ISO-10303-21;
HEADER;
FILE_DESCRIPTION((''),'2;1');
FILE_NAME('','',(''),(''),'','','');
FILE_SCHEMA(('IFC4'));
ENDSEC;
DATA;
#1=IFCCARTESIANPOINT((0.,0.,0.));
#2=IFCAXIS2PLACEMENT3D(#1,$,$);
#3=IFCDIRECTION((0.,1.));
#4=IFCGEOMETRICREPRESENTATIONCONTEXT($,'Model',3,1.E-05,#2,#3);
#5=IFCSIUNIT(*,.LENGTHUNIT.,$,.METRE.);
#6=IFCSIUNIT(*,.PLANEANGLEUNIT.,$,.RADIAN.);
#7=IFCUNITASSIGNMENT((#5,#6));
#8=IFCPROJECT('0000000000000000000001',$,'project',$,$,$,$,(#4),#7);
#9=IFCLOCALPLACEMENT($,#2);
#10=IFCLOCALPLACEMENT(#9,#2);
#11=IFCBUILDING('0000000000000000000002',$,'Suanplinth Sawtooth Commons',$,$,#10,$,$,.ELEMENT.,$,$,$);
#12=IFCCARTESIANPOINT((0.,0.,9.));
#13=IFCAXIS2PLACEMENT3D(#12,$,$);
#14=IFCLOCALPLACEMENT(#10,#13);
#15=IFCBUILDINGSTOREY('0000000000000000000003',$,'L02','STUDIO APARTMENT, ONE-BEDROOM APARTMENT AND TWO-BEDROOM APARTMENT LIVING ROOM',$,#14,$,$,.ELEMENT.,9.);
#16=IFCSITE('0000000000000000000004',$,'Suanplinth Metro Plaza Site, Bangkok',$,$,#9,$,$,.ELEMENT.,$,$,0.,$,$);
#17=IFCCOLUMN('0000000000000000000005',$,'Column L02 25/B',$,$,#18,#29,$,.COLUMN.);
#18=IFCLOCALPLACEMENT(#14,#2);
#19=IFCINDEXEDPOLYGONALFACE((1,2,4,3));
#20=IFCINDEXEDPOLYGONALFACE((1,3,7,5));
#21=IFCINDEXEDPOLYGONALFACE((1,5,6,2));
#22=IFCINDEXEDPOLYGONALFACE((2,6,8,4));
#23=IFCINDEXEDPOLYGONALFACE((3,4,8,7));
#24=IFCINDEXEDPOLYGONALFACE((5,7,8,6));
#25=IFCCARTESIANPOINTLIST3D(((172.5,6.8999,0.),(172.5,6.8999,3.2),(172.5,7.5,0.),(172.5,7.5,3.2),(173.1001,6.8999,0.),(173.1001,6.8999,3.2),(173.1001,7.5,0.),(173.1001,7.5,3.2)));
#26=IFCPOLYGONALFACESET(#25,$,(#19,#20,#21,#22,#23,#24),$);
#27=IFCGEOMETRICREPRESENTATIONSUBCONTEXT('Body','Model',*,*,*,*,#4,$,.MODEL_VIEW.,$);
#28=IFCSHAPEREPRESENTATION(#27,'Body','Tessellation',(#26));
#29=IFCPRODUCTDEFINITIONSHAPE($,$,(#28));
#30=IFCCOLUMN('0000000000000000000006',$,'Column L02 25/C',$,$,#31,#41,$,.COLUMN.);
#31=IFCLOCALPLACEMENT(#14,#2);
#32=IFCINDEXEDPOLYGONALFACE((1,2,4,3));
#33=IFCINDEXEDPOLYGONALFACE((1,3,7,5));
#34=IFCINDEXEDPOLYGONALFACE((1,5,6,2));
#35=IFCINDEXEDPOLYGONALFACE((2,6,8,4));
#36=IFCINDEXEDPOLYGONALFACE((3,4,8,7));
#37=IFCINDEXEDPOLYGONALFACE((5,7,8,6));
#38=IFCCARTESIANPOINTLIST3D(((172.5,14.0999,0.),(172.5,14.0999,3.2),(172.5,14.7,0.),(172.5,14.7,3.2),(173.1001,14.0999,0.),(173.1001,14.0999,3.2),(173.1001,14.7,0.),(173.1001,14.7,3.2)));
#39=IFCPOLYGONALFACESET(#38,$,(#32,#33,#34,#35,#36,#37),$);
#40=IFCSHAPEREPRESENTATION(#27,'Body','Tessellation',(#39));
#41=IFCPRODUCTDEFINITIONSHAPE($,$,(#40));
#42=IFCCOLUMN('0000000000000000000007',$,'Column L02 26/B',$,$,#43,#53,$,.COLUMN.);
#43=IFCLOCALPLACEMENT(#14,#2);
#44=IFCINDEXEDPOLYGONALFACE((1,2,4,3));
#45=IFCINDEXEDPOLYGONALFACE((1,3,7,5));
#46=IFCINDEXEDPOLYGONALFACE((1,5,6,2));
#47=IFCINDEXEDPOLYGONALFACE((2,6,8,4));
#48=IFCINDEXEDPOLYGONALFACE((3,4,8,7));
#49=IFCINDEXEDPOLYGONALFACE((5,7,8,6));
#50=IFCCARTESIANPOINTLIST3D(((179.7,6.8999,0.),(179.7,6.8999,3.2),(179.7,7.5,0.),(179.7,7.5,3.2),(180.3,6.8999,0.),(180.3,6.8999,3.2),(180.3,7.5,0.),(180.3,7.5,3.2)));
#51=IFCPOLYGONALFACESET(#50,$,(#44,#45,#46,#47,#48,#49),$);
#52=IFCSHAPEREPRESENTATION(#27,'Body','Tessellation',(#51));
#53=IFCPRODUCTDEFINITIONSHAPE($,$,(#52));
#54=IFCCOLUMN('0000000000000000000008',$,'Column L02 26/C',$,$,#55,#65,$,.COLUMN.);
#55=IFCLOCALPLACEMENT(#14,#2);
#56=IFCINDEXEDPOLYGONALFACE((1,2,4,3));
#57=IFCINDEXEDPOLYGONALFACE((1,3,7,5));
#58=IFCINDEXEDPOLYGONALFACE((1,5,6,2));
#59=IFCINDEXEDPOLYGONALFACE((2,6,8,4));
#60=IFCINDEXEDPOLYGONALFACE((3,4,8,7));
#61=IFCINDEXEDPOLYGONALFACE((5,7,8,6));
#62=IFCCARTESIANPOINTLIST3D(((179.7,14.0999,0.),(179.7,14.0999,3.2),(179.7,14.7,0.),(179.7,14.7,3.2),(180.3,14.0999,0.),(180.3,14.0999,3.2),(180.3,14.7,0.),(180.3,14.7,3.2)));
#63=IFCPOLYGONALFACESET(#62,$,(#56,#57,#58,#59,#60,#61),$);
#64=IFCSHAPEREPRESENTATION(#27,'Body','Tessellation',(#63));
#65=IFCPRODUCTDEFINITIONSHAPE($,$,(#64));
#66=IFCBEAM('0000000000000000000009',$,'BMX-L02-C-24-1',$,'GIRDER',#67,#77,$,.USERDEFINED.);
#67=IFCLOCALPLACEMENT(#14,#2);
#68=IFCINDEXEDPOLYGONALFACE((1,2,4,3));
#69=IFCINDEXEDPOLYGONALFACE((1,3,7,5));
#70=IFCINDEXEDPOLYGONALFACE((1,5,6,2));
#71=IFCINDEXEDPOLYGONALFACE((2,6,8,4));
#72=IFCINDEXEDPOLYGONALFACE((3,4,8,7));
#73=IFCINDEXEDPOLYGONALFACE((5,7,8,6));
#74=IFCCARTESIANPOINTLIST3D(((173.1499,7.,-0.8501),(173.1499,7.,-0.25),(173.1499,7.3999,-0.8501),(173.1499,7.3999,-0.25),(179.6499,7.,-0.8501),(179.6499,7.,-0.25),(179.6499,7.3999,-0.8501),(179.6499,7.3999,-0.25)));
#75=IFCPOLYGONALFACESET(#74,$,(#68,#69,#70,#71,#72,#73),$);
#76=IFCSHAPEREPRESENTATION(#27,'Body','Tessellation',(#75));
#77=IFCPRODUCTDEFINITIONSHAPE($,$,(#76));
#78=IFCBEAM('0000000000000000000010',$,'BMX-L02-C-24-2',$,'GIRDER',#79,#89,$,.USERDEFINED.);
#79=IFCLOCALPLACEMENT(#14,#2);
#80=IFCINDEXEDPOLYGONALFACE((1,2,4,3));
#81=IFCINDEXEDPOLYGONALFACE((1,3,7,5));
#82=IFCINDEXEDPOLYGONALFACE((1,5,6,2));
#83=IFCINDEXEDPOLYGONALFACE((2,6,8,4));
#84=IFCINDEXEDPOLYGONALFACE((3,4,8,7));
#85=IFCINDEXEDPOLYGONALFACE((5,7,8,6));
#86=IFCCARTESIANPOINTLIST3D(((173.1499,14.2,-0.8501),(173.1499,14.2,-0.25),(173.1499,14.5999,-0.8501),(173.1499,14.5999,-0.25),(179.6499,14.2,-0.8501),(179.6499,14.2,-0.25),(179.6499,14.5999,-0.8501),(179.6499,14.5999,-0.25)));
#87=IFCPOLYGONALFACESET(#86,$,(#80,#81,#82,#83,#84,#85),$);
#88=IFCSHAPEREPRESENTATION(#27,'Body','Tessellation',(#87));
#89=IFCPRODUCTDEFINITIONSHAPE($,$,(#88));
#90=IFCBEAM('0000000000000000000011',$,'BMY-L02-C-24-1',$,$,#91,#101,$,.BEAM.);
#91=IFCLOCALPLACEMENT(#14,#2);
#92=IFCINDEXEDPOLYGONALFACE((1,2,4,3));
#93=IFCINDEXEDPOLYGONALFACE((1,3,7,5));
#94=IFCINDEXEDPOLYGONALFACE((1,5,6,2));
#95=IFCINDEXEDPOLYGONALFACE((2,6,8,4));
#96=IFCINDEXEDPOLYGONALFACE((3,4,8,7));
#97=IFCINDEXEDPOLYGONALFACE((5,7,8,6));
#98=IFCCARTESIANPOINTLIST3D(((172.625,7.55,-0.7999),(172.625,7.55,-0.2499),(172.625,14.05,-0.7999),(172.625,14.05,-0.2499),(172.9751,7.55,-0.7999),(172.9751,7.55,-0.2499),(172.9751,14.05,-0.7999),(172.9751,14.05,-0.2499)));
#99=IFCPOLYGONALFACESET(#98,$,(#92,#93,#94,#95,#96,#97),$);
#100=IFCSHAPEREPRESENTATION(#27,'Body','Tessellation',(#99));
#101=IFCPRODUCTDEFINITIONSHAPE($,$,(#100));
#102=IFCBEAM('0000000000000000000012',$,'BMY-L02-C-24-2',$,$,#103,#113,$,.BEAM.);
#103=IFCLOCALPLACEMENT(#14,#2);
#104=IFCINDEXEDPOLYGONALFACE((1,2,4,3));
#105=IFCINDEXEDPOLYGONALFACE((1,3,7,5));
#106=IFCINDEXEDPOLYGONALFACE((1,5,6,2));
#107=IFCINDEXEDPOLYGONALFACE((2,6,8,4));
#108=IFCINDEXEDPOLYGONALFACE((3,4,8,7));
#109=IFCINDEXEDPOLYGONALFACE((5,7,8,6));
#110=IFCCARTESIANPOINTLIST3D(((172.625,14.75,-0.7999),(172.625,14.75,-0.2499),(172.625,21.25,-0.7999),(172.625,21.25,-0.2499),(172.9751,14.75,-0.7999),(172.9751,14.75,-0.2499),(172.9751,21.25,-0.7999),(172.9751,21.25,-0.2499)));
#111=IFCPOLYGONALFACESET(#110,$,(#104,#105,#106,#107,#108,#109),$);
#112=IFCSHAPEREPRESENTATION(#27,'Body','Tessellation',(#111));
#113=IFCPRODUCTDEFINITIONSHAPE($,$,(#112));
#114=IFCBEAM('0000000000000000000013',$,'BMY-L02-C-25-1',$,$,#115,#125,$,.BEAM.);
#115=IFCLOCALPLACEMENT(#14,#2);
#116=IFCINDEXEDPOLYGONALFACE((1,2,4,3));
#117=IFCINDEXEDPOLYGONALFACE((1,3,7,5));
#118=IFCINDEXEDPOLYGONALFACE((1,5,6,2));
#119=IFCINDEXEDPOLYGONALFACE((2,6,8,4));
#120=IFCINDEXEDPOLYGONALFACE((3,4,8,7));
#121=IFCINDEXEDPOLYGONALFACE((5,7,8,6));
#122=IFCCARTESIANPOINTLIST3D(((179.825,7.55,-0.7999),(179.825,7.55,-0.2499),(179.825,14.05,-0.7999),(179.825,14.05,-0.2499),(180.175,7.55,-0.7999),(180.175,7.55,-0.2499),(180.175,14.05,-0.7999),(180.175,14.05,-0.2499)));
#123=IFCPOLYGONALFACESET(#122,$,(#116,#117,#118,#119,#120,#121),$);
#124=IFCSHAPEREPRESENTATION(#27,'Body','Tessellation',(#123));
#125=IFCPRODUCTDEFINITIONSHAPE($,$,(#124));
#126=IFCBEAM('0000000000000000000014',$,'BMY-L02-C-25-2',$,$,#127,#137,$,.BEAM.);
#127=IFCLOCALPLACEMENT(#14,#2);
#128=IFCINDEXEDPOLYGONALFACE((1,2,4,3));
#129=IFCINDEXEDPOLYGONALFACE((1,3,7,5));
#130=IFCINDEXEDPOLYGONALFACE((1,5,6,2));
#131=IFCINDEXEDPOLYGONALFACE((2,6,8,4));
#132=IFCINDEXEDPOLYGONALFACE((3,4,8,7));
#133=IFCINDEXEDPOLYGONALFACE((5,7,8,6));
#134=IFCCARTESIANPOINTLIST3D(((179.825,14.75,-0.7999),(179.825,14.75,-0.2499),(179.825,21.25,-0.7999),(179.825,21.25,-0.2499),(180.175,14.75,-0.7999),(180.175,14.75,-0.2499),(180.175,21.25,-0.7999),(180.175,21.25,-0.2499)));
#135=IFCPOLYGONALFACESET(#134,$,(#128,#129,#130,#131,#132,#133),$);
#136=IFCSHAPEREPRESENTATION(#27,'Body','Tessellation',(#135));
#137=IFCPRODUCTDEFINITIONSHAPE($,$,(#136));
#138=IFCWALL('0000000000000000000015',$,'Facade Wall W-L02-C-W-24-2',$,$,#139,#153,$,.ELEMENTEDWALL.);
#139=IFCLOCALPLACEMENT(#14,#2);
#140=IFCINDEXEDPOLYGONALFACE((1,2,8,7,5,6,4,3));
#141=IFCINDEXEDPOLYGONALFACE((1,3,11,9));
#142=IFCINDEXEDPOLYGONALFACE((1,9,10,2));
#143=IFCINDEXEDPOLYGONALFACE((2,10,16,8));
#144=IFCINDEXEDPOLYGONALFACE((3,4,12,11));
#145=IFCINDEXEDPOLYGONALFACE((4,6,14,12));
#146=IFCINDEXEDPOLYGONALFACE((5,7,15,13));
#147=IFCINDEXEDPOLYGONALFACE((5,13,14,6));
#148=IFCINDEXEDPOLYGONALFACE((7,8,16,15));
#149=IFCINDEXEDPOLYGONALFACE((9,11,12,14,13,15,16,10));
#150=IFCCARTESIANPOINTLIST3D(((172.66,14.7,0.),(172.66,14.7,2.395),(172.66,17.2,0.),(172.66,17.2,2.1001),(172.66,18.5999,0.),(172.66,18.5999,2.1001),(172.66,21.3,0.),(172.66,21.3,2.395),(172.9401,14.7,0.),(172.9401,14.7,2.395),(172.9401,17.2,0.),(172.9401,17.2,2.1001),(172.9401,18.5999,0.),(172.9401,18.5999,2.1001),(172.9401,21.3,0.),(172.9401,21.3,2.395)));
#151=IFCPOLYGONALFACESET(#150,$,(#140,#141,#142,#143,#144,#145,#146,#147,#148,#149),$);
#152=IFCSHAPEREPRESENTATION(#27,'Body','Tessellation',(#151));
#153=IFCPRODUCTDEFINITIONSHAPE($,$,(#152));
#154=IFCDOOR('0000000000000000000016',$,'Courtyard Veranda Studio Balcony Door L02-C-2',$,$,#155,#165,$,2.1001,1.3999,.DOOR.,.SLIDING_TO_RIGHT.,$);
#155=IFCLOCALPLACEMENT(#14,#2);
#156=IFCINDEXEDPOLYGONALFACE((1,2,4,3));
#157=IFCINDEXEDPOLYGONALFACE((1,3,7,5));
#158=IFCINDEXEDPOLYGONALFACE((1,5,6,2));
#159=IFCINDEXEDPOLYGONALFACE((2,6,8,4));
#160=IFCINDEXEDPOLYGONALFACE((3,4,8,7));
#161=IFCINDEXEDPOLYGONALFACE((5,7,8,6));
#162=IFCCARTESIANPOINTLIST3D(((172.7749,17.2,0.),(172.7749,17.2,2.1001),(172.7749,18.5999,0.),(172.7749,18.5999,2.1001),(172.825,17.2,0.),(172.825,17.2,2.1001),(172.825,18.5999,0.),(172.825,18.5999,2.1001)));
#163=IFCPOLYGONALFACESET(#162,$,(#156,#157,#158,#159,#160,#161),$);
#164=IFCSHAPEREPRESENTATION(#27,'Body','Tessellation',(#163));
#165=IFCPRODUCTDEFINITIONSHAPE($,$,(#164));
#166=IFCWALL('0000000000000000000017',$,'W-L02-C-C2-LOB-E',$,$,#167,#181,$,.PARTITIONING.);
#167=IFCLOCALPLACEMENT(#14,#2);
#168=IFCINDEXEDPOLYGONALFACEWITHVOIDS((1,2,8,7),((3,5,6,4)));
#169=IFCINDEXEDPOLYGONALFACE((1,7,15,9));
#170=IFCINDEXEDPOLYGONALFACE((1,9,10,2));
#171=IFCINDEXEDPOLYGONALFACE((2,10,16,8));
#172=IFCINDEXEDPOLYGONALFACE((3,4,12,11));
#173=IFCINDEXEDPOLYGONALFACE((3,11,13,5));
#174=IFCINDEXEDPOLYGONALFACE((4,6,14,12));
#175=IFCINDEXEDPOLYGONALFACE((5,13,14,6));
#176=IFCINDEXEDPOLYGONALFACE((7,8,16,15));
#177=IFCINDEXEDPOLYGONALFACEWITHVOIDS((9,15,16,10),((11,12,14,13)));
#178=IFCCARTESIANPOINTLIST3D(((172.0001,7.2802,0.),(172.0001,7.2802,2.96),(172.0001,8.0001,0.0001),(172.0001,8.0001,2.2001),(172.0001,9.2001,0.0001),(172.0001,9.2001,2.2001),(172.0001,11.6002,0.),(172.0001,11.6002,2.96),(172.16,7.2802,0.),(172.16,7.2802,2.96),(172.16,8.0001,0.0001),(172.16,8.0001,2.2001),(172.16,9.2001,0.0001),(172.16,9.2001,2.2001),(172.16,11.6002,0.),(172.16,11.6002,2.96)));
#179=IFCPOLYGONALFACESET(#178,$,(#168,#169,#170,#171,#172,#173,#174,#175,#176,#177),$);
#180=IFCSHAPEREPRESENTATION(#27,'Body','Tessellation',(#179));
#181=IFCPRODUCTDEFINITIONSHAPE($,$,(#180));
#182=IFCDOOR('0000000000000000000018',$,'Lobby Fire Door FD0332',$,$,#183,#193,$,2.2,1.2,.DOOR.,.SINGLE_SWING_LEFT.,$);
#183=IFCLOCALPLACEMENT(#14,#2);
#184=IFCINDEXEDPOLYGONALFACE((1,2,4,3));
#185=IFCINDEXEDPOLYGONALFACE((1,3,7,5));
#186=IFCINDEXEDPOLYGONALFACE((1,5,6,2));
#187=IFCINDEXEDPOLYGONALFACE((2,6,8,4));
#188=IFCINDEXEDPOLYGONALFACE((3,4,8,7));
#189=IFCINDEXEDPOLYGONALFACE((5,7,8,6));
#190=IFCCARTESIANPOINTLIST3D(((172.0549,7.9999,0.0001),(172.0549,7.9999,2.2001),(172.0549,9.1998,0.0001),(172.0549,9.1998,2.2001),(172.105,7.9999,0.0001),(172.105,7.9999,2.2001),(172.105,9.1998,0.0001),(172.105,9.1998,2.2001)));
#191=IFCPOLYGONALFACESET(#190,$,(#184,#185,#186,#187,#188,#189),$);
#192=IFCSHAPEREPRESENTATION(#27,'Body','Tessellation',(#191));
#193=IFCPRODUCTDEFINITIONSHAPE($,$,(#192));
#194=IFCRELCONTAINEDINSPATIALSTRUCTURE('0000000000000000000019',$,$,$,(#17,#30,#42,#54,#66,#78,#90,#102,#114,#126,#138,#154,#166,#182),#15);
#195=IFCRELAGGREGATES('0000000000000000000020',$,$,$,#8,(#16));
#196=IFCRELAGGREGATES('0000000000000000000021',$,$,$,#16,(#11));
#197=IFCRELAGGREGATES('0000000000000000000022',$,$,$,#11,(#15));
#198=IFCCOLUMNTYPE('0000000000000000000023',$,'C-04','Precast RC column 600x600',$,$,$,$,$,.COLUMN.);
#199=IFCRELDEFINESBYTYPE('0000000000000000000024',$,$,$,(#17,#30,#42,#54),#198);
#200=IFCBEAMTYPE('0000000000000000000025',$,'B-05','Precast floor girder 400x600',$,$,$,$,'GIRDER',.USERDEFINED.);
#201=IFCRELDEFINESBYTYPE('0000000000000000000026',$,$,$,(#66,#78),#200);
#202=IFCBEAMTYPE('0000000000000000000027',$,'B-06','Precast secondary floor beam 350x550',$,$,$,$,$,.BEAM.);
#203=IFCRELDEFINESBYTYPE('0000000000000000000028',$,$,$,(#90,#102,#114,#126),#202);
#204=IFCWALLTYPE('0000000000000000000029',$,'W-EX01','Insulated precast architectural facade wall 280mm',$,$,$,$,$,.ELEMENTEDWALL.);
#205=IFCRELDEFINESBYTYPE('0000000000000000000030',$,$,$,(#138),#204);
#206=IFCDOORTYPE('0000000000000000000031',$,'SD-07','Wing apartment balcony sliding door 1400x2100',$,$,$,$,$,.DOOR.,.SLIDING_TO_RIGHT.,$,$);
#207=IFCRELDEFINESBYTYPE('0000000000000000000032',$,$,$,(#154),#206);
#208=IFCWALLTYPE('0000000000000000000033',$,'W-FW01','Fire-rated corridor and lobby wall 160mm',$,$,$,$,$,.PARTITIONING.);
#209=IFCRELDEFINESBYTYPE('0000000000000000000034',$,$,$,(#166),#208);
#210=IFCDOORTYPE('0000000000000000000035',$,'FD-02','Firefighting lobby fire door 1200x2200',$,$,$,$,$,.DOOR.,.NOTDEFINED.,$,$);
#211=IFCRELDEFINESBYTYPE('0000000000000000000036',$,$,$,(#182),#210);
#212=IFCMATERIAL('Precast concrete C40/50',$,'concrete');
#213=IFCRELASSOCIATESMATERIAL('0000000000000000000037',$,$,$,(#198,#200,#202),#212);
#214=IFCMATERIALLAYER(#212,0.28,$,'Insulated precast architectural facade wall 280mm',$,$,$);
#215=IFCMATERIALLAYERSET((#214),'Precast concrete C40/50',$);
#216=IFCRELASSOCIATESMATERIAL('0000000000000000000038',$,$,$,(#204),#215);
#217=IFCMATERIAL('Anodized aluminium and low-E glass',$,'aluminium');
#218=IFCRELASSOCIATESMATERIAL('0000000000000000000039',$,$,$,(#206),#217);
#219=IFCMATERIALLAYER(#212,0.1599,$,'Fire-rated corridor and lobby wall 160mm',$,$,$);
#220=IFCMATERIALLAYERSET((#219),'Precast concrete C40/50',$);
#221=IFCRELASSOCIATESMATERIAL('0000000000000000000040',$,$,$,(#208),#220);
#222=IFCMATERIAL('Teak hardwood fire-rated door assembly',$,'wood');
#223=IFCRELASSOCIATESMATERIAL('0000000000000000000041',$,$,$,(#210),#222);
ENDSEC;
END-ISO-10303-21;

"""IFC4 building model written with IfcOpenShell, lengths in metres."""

from ifc_helpers import new_model, si_unit, direction, frame, frame_2d, origin, origin_2d, place, context, subcontext, project, spatial, rectangle, extrude, material, layer, layer_set, material_profile, profile_set, type_object, element, fill, save


model = new_model("IFC4")

# Units and contexts
model_context = context("Model", 3, precision=1e-05, world=origin(), true_north=direction((0.0, 1.0)))
body_context = subcontext(model_context, "Body", "Model", "MODEL_VIEW")
ifc_project = project(units=[si_unit("LENGTHUNIT", "METRE"), si_unit("PLANEANGLEUNIT", "RADIAN")], contexts=[model_context])

# Site, building, storey
site_placement = place(None, origin())
site = spatial("IfcSite", under=ifc_project, at=site_placement, Name="Suanplinth Metro Plaza Site, Bangkok", CompositionType="ELEMENT", RefElevation=0.0)
building_placement = place(site_placement, origin())
building = spatial("IfcBuilding", under=site, at=building_placement, Name="Suanplinth Sawtooth Commons", CompositionType="ELEMENT")
storey_placement = place(building_placement, frame((0.0, 0.0, 9.0)))
storey = spatial("IfcBuildingStorey", under=building, at=storey_placement, Name="L02", Description="STUDIO APARTMENT, ONE-BEDROOM APARTMENT AND TWO-BEDROOM APARTMENT LIVING ROOM", CompositionType="ELEMENT", Elevation=9.0)

# Columns
ifc_material_1 = material(Name="Precast concrete C40/50", Category="concrete")
ifc_material_profile_1 = material_profile(ifc_material_1, rectangle(XDim=0.6001, YDim=0.6001, at=origin_2d()), Name="PC-COL 600x600")
ifc_profile_set_1 = profile_set([ifc_material_profile_1], Name="Precast concrete C40/50")
column_type = type_object("IfcColumnType", Name="C-04", Description="Precast RC column 600x600", PredefinedType="COLUMN", material=ifc_profile_set_1)
for number, where, z_axis, x_axis, name in (
    (1, (172.8, 7.2, 0.0), (0.0, 0.0, 1.0), (1.0, 0.0, 0.0), "Column L02 25/B"),
    (2, (172.8, 14.3999, 0.0), (0.0, 0.0, 1.0), (1.0, 0.0, 0.0), "Column L02 25/C"),
    (3, (180.0, 7.2, 0.0), (0.0, 0.0, 1.0), (1.0, 0.0, 0.0), "Column L02 26/B"),
    (4, (180.0, 14.3999, 0.0), (0.0, 0.0, 1.0), (1.0, 0.0, 0.0), "Column L02 26/C"),
):
    element("IfcColumn", number, at=place(storey_placement, frame(where, z_axis=z_axis, x_axis=x_axis)), inside=storey, type_object=column_type, Name=name, PredefinedType="COLUMN", context=body_context, shape_type="SweptSolid", body=[
        extrude(rectangle(XDim=0.6001, YDim=0.6001, at=origin_2d()), origin(), (0.0, 0.0, 1.0), 3.2),
    ])

# Beams
ifc_material_profile_2 = material_profile(ifc_material_1, rectangle(XDim=0.3999, YDim=0.6001, at=origin_2d()), Name="PC-GDR 400x600")
ifc_profile_set_2 = profile_set([ifc_material_profile_2], Name="Precast concrete C40/50")
beam_type_1 = type_object("IfcBeamType", Name="B-05", Description="Precast floor girder 400x600", ElementType="GIRDER", PredefinedType="USERDEFINED", material=ifc_profile_set_2)
for number, where, z_axis, x_axis, name in (
    (5, (173.1499, 7.2, -0.55), (1.0, 0.0, 0.0), (0.0, 1.0, 0.0), "BMX-L02-C-24-1"),
    (6, (173.1499, 14.3999, -0.55), (1.0, 0.0, 0.0), (0.0, 1.0, 0.0), "BMX-L02-C-24-2"),
):
    element("IfcBeam", number, at=place(storey_placement, frame(where, z_axis=z_axis, x_axis=x_axis)), inside=storey, type_object=beam_type_1, Name=name, ObjectType="GIRDER", PredefinedType="USERDEFINED", context=body_context, shape_type="SweptSolid", body=[
        extrude(rectangle(XDim=0.3999, YDim=0.6001, at=origin_2d()), origin(), (0.0, 0.0, 1.0), 6.5),
    ])
ifc_material_profile_3 = material_profile(ifc_material_1, rectangle(XDim=0.3501, YDim=0.55, at=origin_2d()), Name="PC-BM 350x550")
ifc_profile_set_3 = profile_set([ifc_material_profile_3], Name="Precast concrete C40/50")
beam_type_2 = type_object("IfcBeamType", Name="B-06", Description="Precast secondary floor beam 350x550", PredefinedType="BEAM", material=ifc_profile_set_3)
for number, where, z_axis, x_axis, name in (
    (7, (172.8, 7.55, -0.5249), (0.0, 1.0, 0.0), (-1.0, 0.0, 0.0), "BMY-L02-C-24-1"),
    (8, (172.8, 14.75, -0.5249), (0.0, 1.0, 0.0), (-1.0, 0.0, 0.0), "BMY-L02-C-24-2"),
    (9, (180.0, 7.55, -0.5249), (0.0, 1.0, 0.0), (-1.0, 0.0, 0.0), "BMY-L02-C-25-1"),
    (10, (180.0, 14.75, -0.5249), (0.0, 1.0, 0.0), (-1.0, 0.0, 0.0), "BMY-L02-C-25-2"),
):
    element("IfcBeam", number, at=place(storey_placement, frame(where, z_axis=z_axis, x_axis=x_axis)), inside=storey, type_object=beam_type_2, Name=name, PredefinedType="BEAM", context=body_context, shape_type="SweptSolid", body=[
        extrude(rectangle(XDim=0.3501, YDim=0.55, at=origin_2d()), origin(), (0.0, 0.0, 1.0), 6.5),
    ])

# Walls, openings, doors
ifc_layer_1 = layer(ifc_material_1, 0.28, Name="Insulated precast architectural facade wall 280mm")
ifc_layer_set_1 = layer_set([ifc_layer_1], Name="Precast concrete C40/50")
wall_type_1 = type_object("IfcWallType", Name="W-EX01", Description="Insulated precast architectural facade wall 280mm", PredefinedType="ELEMENTEDWALL", material=ifc_layer_set_1)
wall_1_placement = place(storey_placement, frame((172.8, 14.7, 0.0), z_axis=(0.0, 0.0, 1.0), x_axis=(0.0, 1.0, 0.0)))
wall_1 = element("IfcWall", 11, at=wall_1_placement, inside=storey, type_object=wall_type_1, Name="Facade Wall W-L02-C-W-24-2", PredefinedType="ELEMENTEDWALL", context=body_context, shape_type="SweptSolid", body=[
    extrude(rectangle(XDim=6.6001, YDim=0.28, at=frame_2d((3.3, 0.0))), origin(), (0.0, 0.0, 1.0), 2.395),
])
opening_1_placement = place(wall_1_placement, frame((2.5, 0.0, 0.0)))
opening_1 = element("IfcOpeningElement", 12, at=opening_1_placement, cuts=wall_1, PredefinedType="OPENING", context=body_context, shape_type="SweptSolid", body=[
    extrude(rectangle(XDim=1.3999, YDim=2.1001, at=frame_2d((0.7, 1.05))), frame((0.0, 0.1548, 0.0), z_axis=(0.0, -1.0, 0.0), x_axis=(1.0, 0.0, 0.0)), (0.0, 0.0, 1.0), 0.3098),
])
ifc_material_2 = material(Name="Anodized aluminium and low-E glass", Category="aluminium")
door_type_1 = type_object("IfcDoorType", Name="SD-07", Description="Wing apartment balcony sliding door 1400x2100", OperationType="SLIDING_TO_RIGHT", PredefinedType="DOOR", material=ifc_material_2)
door_1_placement = place(opening_1_placement, frame((1.3999, 0.0, 0.0), z_axis=(0.0, 0.0, 1.0), x_axis=(-1.0, 0.0, 0.0)))
door_1 = element("IfcDoor", 13, at=door_1_placement, inside=storey, type_object=door_type_1, Name="Courtyard Veranda Studio Balcony Door L02-C-2", OperationType="SLIDING_TO_RIGHT", OverallHeight=2.1001, OverallWidth=1.3999, PredefinedType="DOOR", context=body_context, shape_type="SweptSolid", body=[
    extrude(rectangle(XDim=1.3999, YDim=2.1001, at=frame_2d((0.7, 1.05))), frame((0.0, 0.0249, 0.0), z_axis=(0.0, -1.0, 0.0), x_axis=(1.0, 0.0, 0.0)), (0.0, 0.0, 1.0), 0.05),
])
fill(opening_1, door_1)
ifc_layer_2 = layer(ifc_material_1, 0.1599, Name="Fire-rated corridor and lobby wall 160mm")
ifc_layer_set_2 = layer_set([ifc_layer_2], Name="Precast concrete C40/50")
wall_type_2 = type_object("IfcWallType", Name="W-FW01", Description="Fire-rated corridor and lobby wall 160mm", PredefinedType="PARTITIONING", material=ifc_layer_set_2)
wall_2_placement = place(storey_placement, frame((172.0801, 7.28, 0.0), z_axis=(0.0, 0.0, 1.0), x_axis=(0.0, 1.0, 0.0)))
wall_2 = element("IfcWall", 14, at=wall_2_placement, inside=storey, type_object=wall_type_2, Name="W-L02-C-C2-LOB-E", PredefinedType="PARTITIONING", context=body_context, shape_type="SweptSolid", body=[
    extrude(rectangle(XDim=4.3201, YDim=0.1599, at=frame_2d((2.1602, 0.0))), origin(), (0.0, 0.0, 1.0), 2.96),
])
opening_2_placement = place(wall_2_placement, frame((0.72, 0.0, 0.0)))
opening_2 = element("IfcOpeningElement", 15, at=opening_2_placement, cuts=wall_2, PredefinedType="OPENING", context=body_context, shape_type="SweptSolid", body=[
    extrude(rectangle(XDim=1.2, YDim=2.2, at=frame_2d((0.6001, 1.1001))), frame((0.0, 0.0947, 0.0), z_axis=(0.0, -1.0, 0.0), x_axis=(1.0, 0.0, 0.0)), (0.0, 0.0, 1.0), 0.1897),
])
ifc_material_3 = material(Name="Teak hardwood fire-rated door assembly", Category="wood")
door_type_2 = type_object("IfcDoorType", Name="FD-02", Description="Firefighting lobby fire door 1200x2200", OperationType="NOTDEFINED", PredefinedType="DOOR", material=ifc_material_3)
door_2_placement = place(opening_2_placement, frame((1.2, 0.0, 0.0), z_axis=(0.0, 0.0, 1.0), x_axis=(-1.0, 0.0, 0.0)))
door_2 = element("IfcDoor", 16, at=door_2_placement, inside=storey, type_object=door_type_2, Name="Lobby Fire Door FD0332", OperationType="SINGLE_SWING_LEFT", OverallHeight=2.2, OverallWidth=1.2, PredefinedType="DOOR", context=body_context, shape_type="SweptSolid", body=[
    extrude(rectangle(XDim=1.2, YDim=2.2, at=frame_2d((0.6001, 1.1001))), frame((0.0, 0.0249, 0.0), z_axis=(0.0, -1.0, 0.0), x_axis=(1.0, 0.0, 0.0)), (0.0, 0.0, 1.0), 0.05),
])
fill(opening_2, door_2)

save(model, "model.ifc")
